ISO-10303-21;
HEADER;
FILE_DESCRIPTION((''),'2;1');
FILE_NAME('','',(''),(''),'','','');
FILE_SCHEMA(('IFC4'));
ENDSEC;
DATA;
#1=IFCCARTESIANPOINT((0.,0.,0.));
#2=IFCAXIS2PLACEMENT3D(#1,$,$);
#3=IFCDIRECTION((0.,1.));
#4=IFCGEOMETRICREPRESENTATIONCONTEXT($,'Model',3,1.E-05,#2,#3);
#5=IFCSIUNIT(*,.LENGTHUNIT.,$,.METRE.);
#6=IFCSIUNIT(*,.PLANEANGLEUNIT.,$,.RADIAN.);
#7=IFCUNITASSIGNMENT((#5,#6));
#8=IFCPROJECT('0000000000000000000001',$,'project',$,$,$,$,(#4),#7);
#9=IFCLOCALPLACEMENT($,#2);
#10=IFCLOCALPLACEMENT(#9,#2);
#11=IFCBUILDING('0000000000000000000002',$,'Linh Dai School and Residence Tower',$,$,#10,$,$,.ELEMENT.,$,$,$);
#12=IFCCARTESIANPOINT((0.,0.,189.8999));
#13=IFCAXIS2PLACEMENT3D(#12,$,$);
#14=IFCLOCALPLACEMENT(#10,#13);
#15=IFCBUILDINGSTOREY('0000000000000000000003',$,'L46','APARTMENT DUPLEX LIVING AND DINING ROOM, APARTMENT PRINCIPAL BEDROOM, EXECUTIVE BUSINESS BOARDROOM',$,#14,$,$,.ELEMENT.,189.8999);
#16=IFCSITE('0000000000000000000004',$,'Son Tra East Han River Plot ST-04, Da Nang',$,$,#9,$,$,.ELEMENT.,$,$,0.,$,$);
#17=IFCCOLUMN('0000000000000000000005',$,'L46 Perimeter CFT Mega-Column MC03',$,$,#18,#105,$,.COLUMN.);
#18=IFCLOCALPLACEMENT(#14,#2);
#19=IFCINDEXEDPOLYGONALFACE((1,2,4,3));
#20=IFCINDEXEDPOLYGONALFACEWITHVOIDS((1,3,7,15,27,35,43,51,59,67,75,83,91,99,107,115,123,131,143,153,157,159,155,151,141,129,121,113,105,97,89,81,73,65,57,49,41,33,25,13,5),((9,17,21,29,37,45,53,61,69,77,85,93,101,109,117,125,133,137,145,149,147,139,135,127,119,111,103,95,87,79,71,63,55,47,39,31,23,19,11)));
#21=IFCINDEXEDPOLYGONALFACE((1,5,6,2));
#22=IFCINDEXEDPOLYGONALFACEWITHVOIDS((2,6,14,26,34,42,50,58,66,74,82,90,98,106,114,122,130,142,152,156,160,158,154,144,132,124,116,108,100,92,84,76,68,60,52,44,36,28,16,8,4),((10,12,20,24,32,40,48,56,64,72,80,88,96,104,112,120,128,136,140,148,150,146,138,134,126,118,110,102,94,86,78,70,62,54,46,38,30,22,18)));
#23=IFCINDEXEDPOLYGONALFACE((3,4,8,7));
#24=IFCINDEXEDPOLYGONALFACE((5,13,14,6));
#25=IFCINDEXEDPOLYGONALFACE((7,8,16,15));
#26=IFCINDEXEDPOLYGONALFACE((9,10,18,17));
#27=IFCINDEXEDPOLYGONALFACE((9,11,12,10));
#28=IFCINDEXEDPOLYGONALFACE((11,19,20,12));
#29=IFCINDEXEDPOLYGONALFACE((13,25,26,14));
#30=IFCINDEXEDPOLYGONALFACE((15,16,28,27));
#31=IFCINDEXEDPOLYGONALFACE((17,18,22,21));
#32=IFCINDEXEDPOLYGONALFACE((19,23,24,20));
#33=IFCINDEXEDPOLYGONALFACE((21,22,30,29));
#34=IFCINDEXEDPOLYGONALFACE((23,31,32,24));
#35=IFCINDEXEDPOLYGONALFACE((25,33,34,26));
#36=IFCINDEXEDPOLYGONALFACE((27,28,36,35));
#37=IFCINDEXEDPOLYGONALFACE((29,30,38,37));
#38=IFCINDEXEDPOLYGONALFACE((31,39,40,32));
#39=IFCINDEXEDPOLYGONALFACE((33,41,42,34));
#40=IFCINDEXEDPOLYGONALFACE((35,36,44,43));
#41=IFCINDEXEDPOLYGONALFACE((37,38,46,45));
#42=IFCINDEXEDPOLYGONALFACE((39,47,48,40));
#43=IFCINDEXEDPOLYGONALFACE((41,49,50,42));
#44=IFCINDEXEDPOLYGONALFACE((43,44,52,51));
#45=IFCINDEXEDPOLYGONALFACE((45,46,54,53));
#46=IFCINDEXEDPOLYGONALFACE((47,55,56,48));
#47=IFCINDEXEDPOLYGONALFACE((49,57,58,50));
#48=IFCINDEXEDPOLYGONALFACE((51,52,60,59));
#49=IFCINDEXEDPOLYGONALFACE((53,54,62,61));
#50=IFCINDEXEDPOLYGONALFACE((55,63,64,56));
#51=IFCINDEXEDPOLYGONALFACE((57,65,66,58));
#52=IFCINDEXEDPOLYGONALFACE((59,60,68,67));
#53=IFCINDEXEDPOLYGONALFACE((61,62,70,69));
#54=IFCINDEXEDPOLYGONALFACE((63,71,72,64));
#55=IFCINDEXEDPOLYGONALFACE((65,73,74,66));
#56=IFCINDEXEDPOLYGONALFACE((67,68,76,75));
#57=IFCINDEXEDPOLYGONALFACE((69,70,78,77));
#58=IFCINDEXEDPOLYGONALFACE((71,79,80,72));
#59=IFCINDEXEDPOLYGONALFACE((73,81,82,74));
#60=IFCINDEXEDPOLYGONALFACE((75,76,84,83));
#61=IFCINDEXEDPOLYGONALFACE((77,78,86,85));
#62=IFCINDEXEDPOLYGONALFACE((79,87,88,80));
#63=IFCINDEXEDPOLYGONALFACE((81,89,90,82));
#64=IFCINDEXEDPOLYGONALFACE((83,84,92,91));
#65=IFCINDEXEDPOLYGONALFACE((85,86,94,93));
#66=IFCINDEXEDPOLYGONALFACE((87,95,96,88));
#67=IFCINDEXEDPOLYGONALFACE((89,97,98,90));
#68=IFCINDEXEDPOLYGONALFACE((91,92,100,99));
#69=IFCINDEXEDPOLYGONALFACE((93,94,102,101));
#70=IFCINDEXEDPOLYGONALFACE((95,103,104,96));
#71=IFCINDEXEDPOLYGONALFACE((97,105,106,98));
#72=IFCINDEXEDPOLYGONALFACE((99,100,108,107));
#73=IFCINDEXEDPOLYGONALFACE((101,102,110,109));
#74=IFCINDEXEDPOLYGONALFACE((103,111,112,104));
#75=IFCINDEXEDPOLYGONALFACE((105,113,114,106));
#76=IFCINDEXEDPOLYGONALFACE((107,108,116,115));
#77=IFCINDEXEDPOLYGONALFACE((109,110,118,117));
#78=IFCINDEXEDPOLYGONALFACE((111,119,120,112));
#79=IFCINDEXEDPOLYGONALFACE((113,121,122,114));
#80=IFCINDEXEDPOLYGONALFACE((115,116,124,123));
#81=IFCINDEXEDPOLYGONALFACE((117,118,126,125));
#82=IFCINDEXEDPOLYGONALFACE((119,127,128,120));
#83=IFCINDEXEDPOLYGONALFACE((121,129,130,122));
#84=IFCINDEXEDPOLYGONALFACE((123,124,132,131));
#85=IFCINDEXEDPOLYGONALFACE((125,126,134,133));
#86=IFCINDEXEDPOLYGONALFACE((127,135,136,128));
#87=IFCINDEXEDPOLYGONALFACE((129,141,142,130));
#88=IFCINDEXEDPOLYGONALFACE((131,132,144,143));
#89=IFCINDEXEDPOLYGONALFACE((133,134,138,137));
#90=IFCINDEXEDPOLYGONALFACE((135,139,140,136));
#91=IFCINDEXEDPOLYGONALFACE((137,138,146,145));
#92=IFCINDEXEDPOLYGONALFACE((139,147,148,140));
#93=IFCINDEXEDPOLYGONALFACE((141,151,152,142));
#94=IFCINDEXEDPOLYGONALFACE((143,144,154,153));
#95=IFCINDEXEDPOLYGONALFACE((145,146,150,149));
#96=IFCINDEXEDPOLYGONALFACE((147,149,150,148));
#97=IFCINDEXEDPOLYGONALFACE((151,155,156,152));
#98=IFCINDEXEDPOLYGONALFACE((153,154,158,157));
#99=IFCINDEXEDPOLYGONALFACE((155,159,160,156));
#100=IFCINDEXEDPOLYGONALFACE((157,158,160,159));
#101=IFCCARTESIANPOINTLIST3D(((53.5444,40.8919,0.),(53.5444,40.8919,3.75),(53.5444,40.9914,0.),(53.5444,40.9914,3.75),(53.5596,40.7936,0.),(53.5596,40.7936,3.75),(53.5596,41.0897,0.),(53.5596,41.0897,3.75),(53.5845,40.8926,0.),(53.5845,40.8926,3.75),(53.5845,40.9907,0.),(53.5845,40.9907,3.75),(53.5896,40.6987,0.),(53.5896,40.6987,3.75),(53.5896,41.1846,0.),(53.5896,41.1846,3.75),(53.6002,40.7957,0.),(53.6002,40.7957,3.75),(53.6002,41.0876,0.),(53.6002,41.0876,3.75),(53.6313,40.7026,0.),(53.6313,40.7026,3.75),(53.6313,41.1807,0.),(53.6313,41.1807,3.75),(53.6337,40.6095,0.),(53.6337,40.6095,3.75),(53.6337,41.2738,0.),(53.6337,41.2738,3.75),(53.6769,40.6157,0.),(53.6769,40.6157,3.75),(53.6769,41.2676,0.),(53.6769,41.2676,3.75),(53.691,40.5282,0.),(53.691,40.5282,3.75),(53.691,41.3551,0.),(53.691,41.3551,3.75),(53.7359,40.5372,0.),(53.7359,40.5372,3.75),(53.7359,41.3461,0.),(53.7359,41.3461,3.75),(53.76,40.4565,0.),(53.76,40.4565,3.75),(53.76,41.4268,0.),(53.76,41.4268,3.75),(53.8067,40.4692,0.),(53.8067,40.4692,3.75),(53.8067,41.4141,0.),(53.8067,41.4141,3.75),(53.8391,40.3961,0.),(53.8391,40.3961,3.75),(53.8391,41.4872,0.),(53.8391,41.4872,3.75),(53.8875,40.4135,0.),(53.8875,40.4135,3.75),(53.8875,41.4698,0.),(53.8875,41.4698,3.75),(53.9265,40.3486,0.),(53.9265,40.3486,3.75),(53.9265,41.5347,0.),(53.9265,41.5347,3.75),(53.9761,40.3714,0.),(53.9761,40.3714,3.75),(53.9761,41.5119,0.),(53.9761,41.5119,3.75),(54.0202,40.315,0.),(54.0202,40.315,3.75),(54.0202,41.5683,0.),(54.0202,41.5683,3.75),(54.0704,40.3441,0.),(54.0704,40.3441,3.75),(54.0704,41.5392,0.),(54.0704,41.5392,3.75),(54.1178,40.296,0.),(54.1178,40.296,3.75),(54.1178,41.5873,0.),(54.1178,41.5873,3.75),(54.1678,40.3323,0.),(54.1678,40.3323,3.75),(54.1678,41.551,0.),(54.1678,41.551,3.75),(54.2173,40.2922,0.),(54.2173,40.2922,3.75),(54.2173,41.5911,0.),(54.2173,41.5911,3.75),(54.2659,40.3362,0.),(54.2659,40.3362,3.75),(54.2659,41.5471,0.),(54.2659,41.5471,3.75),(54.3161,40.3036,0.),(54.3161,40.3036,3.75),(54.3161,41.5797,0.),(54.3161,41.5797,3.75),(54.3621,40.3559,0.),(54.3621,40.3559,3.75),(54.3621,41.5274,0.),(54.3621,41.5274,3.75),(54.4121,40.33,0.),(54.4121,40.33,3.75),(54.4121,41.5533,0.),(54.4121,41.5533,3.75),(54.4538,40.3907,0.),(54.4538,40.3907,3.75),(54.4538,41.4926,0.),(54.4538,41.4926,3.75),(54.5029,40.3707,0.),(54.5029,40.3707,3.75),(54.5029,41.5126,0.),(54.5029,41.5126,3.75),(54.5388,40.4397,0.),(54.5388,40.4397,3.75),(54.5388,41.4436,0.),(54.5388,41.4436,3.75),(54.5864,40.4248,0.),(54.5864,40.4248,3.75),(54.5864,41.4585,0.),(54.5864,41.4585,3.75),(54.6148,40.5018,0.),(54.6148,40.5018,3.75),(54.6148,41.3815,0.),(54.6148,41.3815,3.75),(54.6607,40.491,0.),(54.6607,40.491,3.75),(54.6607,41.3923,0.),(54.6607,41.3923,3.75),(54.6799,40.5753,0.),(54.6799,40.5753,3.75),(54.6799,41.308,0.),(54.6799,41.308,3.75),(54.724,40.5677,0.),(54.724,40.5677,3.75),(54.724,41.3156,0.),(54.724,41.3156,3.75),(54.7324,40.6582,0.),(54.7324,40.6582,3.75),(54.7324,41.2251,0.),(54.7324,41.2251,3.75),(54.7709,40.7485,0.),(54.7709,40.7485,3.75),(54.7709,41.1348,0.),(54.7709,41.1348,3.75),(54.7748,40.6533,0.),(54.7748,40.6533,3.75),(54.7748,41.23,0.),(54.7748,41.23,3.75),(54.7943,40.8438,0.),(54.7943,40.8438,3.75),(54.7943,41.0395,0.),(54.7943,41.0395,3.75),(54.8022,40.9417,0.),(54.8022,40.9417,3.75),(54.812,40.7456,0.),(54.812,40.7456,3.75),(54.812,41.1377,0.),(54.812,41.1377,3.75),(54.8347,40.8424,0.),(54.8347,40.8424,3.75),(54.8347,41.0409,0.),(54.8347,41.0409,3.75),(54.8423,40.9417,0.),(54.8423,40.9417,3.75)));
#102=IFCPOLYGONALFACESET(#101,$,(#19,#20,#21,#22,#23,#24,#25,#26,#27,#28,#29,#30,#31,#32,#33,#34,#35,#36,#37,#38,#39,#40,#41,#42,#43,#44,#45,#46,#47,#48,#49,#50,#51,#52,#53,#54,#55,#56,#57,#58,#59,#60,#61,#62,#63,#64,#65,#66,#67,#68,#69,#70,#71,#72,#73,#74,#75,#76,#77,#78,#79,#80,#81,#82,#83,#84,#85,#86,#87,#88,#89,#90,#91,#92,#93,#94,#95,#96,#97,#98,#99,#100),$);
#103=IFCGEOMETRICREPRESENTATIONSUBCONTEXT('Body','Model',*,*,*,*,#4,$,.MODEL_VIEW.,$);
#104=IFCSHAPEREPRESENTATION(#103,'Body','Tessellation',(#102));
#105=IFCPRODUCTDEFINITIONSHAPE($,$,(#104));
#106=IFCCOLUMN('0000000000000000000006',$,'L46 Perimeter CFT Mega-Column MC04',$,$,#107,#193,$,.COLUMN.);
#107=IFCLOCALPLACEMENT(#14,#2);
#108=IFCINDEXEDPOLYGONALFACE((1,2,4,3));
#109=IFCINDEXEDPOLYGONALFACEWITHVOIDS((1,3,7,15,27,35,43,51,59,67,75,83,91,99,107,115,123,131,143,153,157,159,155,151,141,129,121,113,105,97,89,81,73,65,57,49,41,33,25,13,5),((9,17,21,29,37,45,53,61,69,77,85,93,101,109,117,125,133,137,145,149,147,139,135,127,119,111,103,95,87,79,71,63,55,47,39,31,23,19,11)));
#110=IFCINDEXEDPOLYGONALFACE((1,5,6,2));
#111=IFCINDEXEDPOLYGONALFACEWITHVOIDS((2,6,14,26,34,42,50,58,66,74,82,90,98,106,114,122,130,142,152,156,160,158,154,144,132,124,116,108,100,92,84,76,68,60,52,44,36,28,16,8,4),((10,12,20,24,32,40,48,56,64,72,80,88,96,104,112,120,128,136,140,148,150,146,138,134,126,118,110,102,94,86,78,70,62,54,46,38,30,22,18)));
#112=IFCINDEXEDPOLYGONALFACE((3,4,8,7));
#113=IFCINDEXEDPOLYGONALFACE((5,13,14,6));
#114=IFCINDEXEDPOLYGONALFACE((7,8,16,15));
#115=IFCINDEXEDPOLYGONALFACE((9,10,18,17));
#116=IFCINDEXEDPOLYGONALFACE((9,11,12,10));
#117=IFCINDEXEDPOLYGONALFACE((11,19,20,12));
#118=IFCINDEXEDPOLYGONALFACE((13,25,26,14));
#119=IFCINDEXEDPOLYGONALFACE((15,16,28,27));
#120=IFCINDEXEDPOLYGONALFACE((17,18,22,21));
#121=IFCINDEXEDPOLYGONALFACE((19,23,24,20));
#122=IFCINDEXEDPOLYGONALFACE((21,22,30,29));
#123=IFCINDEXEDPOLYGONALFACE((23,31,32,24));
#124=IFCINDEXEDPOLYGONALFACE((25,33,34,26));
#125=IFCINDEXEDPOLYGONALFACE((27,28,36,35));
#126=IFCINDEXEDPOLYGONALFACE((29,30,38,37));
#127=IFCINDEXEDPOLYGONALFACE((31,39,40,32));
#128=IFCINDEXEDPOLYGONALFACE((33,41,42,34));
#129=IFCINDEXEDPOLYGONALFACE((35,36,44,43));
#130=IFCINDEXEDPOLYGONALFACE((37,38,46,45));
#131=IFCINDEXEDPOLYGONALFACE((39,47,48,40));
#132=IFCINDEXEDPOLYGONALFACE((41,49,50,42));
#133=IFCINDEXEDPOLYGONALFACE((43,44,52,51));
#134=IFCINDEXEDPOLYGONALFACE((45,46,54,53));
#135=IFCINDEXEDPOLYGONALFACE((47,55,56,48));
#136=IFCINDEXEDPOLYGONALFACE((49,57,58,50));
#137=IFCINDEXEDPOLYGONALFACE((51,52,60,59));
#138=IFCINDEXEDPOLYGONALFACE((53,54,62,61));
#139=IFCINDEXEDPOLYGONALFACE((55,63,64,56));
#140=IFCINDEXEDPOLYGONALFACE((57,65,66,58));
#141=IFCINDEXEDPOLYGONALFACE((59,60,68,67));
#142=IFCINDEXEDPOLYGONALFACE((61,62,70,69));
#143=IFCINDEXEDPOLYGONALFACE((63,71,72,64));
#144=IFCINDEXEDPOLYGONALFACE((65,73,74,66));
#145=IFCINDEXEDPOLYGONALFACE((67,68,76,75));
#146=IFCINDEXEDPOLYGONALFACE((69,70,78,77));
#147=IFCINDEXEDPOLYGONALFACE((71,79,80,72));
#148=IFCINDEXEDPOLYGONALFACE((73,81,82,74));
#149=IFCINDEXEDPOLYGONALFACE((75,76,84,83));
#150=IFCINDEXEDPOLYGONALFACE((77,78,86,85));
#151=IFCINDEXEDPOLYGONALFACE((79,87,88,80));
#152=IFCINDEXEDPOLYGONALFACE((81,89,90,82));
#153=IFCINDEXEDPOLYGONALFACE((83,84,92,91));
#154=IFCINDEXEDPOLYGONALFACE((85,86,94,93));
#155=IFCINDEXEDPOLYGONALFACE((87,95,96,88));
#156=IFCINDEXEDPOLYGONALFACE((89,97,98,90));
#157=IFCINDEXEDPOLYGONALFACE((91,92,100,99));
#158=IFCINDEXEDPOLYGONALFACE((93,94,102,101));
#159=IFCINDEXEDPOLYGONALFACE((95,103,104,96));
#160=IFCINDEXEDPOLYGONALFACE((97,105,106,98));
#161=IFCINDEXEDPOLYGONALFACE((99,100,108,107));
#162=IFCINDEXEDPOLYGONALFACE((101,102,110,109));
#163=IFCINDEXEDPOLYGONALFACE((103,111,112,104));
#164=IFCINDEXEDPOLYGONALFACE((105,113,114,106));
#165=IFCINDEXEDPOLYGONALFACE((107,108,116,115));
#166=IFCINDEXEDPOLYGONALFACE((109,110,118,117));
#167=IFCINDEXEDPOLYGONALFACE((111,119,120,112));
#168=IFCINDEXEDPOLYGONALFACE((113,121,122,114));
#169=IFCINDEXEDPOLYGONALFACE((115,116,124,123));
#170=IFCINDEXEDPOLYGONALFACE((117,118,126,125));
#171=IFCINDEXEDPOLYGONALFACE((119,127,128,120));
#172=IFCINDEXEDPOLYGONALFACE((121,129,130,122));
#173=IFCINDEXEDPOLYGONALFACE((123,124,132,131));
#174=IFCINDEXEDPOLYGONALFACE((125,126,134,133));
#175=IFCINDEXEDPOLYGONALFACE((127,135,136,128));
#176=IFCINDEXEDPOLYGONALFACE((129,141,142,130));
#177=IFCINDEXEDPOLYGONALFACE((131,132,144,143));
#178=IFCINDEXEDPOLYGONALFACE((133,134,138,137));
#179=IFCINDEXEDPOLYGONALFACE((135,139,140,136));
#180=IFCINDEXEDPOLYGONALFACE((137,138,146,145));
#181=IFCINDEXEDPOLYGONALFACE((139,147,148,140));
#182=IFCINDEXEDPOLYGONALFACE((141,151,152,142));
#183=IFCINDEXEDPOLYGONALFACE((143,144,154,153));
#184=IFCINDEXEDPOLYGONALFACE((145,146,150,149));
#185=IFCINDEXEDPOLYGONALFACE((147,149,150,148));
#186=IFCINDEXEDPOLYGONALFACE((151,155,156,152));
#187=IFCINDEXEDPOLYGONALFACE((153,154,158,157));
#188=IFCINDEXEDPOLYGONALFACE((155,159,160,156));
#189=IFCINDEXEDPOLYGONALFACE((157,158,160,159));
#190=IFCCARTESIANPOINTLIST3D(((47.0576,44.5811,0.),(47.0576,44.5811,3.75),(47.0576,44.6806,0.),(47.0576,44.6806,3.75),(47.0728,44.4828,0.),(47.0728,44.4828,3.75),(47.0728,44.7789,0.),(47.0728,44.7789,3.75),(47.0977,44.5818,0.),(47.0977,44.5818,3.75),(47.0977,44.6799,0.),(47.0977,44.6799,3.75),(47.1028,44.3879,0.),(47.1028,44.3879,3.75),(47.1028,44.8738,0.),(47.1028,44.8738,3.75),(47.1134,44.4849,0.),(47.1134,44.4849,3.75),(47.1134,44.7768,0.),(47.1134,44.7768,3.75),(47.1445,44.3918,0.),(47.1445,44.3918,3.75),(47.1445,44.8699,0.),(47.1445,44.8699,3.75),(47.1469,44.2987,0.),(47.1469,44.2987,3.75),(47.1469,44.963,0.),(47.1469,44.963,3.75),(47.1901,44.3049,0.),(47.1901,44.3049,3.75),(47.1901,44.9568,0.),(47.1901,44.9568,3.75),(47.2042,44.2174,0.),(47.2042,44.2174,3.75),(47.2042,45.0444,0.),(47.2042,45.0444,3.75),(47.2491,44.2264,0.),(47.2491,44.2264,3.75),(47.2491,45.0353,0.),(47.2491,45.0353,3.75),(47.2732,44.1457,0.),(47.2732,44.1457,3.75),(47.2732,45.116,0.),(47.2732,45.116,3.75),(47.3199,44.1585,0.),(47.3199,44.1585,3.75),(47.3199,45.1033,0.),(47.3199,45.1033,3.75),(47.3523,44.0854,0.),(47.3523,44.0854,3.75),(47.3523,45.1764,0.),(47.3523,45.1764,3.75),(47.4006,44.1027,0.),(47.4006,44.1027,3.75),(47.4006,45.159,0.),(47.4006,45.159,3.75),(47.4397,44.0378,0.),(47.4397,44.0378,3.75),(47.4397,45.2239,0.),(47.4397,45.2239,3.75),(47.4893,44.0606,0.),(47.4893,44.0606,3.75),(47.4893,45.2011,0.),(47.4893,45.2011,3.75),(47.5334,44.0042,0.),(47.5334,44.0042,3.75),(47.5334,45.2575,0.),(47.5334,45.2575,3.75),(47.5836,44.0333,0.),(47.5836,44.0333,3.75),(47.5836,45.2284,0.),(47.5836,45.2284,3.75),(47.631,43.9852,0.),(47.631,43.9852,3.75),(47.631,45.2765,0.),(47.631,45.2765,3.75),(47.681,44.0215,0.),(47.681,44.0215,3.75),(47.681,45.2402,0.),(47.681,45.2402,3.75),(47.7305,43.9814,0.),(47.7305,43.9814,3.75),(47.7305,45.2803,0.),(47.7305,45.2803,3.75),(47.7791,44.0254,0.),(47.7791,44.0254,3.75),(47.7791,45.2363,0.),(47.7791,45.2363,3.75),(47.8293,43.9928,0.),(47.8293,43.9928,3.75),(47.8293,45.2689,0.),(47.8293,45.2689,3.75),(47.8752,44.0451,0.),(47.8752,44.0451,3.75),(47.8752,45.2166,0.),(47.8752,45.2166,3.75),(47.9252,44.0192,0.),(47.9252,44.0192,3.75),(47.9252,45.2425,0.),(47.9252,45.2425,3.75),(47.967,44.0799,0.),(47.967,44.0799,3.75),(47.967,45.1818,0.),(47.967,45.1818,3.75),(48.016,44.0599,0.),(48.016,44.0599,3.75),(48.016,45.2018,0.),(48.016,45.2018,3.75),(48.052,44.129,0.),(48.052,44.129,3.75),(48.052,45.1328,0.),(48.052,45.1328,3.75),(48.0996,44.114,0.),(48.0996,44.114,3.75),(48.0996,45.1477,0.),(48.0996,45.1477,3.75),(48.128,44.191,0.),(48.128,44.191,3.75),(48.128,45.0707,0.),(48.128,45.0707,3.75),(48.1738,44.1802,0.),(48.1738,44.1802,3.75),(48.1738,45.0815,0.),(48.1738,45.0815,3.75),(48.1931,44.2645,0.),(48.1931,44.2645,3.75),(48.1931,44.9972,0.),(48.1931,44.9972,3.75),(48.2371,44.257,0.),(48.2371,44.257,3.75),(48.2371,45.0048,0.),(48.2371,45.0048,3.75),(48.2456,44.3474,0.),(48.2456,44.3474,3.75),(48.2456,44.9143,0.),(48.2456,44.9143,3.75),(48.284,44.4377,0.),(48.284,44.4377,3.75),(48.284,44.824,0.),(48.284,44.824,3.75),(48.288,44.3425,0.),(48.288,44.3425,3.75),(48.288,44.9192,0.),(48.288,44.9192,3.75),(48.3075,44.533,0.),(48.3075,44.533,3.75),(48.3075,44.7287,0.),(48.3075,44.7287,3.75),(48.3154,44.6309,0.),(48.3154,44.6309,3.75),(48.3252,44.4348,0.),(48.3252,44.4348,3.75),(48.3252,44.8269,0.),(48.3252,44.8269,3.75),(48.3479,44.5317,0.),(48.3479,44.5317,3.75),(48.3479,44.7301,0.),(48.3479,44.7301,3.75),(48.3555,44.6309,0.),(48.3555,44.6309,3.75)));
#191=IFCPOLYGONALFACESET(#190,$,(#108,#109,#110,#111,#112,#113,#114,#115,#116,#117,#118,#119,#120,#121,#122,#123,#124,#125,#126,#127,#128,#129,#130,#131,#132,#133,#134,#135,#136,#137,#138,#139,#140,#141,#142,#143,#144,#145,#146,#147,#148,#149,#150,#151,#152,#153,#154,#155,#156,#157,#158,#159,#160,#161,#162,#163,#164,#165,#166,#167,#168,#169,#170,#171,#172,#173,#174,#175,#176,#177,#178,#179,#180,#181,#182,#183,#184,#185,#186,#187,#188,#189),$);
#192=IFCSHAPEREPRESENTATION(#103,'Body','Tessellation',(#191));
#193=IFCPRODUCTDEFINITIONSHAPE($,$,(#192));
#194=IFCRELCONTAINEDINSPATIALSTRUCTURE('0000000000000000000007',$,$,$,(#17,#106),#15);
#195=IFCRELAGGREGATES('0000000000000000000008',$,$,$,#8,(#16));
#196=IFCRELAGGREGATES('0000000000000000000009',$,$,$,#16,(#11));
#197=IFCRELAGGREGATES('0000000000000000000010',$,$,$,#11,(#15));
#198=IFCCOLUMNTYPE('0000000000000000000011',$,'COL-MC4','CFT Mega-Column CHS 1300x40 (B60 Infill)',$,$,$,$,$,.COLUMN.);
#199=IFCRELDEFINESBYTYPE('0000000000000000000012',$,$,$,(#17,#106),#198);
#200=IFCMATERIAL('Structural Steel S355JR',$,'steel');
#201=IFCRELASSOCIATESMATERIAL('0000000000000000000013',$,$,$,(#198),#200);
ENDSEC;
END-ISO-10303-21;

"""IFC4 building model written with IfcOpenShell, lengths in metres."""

from ifc_helpers import new_model, si_unit, direction, frame, origin, origin_2d, place, context, subcontext, project, spatial, hollow_circle, extrude, material, material_profile, profile_set, type_object, element, save


model = new_model("IFC4")

# Units and contexts
model_context = context("Model", 3, precision=1e-05, world=origin(), true_north=direction((0.0, 1.0)))
body_context = subcontext(model_context, "Body", "Model", "MODEL_VIEW")
ifc_project = project(units=[si_unit("LENGTHUNIT", "METRE"), si_unit("PLANEANGLEUNIT", "RADIAN")], contexts=[model_context])

# Site, building, storey
site_placement = place(None, origin())
site = spatial("IfcSite", under=ifc_project, at=site_placement, Name="Son Tra East Han River Plot ST-04, Da Nang", CompositionType="ELEMENT", RefElevation=0.0)
building_placement = place(site_placement, origin())
building = spatial("IfcBuilding", under=site, at=building_placement, Name="Linh Dai School and Residence Tower", CompositionType="ELEMENT")
storey_placement = place(building_placement, frame((0.0, 0.0, 189.8999)))
storey = spatial("IfcBuildingStorey", under=building, at=storey_placement, Name="L46", Description="APARTMENT DUPLEX LIVING AND DINING ROOM, APARTMENT PRINCIPAL BEDROOM, EXECUTIVE BUSINESS BOARDROOM", CompositionType="ELEMENT", Elevation=189.8999)

# Columns
ifc_material_1 = material(Name="Structural Steel S355JR", Category="steel")
ifc_material_profile_1 = material_profile(ifc_material_1, hollow_circle(Radius=0.6499, WallThickness=0.04, at=origin_2d()), Name="CHS 1300x40")
ifc_profile_set_1 = profile_set([ifc_material_profile_1], Name="Structural Steel S355JR")
column_type = type_object("IfcColumnType", Name="COL-MC4", Description="CFT Mega-Column CHS 1300x40 (B60 Infill)", PredefinedType="COLUMN", material=ifc_profile_set_1)
for number, where, z_axis, x_axis, name in (
    (1, (54.1924, 40.9417, 0.0), (0.0, 0.0, 1.0), (1.0, 0.0, 0.0), "L46 Perimeter CFT Mega-Column MC03"),
    (2, (47.7056, 44.6309, 0.0), (0.0, 0.0, 1.0), (1.0, 0.0, 0.0), "L46 Perimeter CFT Mega-Column MC04"),
):
    element("IfcColumn", number, at=place(storey_placement, frame(where, z_axis=z_axis, x_axis=x_axis)), inside=storey, type_object=column_type, Name=name, PredefinedType="COLUMN", context=body_context, shape_type="SweptSolid", body=[
        extrude(hollow_circle(Radius=0.6499, WallThickness=0.04, at=origin_2d()), origin(), (0.0, 0.0, 1.0), 3.75),
    ])

save(model, "model.ifc")
